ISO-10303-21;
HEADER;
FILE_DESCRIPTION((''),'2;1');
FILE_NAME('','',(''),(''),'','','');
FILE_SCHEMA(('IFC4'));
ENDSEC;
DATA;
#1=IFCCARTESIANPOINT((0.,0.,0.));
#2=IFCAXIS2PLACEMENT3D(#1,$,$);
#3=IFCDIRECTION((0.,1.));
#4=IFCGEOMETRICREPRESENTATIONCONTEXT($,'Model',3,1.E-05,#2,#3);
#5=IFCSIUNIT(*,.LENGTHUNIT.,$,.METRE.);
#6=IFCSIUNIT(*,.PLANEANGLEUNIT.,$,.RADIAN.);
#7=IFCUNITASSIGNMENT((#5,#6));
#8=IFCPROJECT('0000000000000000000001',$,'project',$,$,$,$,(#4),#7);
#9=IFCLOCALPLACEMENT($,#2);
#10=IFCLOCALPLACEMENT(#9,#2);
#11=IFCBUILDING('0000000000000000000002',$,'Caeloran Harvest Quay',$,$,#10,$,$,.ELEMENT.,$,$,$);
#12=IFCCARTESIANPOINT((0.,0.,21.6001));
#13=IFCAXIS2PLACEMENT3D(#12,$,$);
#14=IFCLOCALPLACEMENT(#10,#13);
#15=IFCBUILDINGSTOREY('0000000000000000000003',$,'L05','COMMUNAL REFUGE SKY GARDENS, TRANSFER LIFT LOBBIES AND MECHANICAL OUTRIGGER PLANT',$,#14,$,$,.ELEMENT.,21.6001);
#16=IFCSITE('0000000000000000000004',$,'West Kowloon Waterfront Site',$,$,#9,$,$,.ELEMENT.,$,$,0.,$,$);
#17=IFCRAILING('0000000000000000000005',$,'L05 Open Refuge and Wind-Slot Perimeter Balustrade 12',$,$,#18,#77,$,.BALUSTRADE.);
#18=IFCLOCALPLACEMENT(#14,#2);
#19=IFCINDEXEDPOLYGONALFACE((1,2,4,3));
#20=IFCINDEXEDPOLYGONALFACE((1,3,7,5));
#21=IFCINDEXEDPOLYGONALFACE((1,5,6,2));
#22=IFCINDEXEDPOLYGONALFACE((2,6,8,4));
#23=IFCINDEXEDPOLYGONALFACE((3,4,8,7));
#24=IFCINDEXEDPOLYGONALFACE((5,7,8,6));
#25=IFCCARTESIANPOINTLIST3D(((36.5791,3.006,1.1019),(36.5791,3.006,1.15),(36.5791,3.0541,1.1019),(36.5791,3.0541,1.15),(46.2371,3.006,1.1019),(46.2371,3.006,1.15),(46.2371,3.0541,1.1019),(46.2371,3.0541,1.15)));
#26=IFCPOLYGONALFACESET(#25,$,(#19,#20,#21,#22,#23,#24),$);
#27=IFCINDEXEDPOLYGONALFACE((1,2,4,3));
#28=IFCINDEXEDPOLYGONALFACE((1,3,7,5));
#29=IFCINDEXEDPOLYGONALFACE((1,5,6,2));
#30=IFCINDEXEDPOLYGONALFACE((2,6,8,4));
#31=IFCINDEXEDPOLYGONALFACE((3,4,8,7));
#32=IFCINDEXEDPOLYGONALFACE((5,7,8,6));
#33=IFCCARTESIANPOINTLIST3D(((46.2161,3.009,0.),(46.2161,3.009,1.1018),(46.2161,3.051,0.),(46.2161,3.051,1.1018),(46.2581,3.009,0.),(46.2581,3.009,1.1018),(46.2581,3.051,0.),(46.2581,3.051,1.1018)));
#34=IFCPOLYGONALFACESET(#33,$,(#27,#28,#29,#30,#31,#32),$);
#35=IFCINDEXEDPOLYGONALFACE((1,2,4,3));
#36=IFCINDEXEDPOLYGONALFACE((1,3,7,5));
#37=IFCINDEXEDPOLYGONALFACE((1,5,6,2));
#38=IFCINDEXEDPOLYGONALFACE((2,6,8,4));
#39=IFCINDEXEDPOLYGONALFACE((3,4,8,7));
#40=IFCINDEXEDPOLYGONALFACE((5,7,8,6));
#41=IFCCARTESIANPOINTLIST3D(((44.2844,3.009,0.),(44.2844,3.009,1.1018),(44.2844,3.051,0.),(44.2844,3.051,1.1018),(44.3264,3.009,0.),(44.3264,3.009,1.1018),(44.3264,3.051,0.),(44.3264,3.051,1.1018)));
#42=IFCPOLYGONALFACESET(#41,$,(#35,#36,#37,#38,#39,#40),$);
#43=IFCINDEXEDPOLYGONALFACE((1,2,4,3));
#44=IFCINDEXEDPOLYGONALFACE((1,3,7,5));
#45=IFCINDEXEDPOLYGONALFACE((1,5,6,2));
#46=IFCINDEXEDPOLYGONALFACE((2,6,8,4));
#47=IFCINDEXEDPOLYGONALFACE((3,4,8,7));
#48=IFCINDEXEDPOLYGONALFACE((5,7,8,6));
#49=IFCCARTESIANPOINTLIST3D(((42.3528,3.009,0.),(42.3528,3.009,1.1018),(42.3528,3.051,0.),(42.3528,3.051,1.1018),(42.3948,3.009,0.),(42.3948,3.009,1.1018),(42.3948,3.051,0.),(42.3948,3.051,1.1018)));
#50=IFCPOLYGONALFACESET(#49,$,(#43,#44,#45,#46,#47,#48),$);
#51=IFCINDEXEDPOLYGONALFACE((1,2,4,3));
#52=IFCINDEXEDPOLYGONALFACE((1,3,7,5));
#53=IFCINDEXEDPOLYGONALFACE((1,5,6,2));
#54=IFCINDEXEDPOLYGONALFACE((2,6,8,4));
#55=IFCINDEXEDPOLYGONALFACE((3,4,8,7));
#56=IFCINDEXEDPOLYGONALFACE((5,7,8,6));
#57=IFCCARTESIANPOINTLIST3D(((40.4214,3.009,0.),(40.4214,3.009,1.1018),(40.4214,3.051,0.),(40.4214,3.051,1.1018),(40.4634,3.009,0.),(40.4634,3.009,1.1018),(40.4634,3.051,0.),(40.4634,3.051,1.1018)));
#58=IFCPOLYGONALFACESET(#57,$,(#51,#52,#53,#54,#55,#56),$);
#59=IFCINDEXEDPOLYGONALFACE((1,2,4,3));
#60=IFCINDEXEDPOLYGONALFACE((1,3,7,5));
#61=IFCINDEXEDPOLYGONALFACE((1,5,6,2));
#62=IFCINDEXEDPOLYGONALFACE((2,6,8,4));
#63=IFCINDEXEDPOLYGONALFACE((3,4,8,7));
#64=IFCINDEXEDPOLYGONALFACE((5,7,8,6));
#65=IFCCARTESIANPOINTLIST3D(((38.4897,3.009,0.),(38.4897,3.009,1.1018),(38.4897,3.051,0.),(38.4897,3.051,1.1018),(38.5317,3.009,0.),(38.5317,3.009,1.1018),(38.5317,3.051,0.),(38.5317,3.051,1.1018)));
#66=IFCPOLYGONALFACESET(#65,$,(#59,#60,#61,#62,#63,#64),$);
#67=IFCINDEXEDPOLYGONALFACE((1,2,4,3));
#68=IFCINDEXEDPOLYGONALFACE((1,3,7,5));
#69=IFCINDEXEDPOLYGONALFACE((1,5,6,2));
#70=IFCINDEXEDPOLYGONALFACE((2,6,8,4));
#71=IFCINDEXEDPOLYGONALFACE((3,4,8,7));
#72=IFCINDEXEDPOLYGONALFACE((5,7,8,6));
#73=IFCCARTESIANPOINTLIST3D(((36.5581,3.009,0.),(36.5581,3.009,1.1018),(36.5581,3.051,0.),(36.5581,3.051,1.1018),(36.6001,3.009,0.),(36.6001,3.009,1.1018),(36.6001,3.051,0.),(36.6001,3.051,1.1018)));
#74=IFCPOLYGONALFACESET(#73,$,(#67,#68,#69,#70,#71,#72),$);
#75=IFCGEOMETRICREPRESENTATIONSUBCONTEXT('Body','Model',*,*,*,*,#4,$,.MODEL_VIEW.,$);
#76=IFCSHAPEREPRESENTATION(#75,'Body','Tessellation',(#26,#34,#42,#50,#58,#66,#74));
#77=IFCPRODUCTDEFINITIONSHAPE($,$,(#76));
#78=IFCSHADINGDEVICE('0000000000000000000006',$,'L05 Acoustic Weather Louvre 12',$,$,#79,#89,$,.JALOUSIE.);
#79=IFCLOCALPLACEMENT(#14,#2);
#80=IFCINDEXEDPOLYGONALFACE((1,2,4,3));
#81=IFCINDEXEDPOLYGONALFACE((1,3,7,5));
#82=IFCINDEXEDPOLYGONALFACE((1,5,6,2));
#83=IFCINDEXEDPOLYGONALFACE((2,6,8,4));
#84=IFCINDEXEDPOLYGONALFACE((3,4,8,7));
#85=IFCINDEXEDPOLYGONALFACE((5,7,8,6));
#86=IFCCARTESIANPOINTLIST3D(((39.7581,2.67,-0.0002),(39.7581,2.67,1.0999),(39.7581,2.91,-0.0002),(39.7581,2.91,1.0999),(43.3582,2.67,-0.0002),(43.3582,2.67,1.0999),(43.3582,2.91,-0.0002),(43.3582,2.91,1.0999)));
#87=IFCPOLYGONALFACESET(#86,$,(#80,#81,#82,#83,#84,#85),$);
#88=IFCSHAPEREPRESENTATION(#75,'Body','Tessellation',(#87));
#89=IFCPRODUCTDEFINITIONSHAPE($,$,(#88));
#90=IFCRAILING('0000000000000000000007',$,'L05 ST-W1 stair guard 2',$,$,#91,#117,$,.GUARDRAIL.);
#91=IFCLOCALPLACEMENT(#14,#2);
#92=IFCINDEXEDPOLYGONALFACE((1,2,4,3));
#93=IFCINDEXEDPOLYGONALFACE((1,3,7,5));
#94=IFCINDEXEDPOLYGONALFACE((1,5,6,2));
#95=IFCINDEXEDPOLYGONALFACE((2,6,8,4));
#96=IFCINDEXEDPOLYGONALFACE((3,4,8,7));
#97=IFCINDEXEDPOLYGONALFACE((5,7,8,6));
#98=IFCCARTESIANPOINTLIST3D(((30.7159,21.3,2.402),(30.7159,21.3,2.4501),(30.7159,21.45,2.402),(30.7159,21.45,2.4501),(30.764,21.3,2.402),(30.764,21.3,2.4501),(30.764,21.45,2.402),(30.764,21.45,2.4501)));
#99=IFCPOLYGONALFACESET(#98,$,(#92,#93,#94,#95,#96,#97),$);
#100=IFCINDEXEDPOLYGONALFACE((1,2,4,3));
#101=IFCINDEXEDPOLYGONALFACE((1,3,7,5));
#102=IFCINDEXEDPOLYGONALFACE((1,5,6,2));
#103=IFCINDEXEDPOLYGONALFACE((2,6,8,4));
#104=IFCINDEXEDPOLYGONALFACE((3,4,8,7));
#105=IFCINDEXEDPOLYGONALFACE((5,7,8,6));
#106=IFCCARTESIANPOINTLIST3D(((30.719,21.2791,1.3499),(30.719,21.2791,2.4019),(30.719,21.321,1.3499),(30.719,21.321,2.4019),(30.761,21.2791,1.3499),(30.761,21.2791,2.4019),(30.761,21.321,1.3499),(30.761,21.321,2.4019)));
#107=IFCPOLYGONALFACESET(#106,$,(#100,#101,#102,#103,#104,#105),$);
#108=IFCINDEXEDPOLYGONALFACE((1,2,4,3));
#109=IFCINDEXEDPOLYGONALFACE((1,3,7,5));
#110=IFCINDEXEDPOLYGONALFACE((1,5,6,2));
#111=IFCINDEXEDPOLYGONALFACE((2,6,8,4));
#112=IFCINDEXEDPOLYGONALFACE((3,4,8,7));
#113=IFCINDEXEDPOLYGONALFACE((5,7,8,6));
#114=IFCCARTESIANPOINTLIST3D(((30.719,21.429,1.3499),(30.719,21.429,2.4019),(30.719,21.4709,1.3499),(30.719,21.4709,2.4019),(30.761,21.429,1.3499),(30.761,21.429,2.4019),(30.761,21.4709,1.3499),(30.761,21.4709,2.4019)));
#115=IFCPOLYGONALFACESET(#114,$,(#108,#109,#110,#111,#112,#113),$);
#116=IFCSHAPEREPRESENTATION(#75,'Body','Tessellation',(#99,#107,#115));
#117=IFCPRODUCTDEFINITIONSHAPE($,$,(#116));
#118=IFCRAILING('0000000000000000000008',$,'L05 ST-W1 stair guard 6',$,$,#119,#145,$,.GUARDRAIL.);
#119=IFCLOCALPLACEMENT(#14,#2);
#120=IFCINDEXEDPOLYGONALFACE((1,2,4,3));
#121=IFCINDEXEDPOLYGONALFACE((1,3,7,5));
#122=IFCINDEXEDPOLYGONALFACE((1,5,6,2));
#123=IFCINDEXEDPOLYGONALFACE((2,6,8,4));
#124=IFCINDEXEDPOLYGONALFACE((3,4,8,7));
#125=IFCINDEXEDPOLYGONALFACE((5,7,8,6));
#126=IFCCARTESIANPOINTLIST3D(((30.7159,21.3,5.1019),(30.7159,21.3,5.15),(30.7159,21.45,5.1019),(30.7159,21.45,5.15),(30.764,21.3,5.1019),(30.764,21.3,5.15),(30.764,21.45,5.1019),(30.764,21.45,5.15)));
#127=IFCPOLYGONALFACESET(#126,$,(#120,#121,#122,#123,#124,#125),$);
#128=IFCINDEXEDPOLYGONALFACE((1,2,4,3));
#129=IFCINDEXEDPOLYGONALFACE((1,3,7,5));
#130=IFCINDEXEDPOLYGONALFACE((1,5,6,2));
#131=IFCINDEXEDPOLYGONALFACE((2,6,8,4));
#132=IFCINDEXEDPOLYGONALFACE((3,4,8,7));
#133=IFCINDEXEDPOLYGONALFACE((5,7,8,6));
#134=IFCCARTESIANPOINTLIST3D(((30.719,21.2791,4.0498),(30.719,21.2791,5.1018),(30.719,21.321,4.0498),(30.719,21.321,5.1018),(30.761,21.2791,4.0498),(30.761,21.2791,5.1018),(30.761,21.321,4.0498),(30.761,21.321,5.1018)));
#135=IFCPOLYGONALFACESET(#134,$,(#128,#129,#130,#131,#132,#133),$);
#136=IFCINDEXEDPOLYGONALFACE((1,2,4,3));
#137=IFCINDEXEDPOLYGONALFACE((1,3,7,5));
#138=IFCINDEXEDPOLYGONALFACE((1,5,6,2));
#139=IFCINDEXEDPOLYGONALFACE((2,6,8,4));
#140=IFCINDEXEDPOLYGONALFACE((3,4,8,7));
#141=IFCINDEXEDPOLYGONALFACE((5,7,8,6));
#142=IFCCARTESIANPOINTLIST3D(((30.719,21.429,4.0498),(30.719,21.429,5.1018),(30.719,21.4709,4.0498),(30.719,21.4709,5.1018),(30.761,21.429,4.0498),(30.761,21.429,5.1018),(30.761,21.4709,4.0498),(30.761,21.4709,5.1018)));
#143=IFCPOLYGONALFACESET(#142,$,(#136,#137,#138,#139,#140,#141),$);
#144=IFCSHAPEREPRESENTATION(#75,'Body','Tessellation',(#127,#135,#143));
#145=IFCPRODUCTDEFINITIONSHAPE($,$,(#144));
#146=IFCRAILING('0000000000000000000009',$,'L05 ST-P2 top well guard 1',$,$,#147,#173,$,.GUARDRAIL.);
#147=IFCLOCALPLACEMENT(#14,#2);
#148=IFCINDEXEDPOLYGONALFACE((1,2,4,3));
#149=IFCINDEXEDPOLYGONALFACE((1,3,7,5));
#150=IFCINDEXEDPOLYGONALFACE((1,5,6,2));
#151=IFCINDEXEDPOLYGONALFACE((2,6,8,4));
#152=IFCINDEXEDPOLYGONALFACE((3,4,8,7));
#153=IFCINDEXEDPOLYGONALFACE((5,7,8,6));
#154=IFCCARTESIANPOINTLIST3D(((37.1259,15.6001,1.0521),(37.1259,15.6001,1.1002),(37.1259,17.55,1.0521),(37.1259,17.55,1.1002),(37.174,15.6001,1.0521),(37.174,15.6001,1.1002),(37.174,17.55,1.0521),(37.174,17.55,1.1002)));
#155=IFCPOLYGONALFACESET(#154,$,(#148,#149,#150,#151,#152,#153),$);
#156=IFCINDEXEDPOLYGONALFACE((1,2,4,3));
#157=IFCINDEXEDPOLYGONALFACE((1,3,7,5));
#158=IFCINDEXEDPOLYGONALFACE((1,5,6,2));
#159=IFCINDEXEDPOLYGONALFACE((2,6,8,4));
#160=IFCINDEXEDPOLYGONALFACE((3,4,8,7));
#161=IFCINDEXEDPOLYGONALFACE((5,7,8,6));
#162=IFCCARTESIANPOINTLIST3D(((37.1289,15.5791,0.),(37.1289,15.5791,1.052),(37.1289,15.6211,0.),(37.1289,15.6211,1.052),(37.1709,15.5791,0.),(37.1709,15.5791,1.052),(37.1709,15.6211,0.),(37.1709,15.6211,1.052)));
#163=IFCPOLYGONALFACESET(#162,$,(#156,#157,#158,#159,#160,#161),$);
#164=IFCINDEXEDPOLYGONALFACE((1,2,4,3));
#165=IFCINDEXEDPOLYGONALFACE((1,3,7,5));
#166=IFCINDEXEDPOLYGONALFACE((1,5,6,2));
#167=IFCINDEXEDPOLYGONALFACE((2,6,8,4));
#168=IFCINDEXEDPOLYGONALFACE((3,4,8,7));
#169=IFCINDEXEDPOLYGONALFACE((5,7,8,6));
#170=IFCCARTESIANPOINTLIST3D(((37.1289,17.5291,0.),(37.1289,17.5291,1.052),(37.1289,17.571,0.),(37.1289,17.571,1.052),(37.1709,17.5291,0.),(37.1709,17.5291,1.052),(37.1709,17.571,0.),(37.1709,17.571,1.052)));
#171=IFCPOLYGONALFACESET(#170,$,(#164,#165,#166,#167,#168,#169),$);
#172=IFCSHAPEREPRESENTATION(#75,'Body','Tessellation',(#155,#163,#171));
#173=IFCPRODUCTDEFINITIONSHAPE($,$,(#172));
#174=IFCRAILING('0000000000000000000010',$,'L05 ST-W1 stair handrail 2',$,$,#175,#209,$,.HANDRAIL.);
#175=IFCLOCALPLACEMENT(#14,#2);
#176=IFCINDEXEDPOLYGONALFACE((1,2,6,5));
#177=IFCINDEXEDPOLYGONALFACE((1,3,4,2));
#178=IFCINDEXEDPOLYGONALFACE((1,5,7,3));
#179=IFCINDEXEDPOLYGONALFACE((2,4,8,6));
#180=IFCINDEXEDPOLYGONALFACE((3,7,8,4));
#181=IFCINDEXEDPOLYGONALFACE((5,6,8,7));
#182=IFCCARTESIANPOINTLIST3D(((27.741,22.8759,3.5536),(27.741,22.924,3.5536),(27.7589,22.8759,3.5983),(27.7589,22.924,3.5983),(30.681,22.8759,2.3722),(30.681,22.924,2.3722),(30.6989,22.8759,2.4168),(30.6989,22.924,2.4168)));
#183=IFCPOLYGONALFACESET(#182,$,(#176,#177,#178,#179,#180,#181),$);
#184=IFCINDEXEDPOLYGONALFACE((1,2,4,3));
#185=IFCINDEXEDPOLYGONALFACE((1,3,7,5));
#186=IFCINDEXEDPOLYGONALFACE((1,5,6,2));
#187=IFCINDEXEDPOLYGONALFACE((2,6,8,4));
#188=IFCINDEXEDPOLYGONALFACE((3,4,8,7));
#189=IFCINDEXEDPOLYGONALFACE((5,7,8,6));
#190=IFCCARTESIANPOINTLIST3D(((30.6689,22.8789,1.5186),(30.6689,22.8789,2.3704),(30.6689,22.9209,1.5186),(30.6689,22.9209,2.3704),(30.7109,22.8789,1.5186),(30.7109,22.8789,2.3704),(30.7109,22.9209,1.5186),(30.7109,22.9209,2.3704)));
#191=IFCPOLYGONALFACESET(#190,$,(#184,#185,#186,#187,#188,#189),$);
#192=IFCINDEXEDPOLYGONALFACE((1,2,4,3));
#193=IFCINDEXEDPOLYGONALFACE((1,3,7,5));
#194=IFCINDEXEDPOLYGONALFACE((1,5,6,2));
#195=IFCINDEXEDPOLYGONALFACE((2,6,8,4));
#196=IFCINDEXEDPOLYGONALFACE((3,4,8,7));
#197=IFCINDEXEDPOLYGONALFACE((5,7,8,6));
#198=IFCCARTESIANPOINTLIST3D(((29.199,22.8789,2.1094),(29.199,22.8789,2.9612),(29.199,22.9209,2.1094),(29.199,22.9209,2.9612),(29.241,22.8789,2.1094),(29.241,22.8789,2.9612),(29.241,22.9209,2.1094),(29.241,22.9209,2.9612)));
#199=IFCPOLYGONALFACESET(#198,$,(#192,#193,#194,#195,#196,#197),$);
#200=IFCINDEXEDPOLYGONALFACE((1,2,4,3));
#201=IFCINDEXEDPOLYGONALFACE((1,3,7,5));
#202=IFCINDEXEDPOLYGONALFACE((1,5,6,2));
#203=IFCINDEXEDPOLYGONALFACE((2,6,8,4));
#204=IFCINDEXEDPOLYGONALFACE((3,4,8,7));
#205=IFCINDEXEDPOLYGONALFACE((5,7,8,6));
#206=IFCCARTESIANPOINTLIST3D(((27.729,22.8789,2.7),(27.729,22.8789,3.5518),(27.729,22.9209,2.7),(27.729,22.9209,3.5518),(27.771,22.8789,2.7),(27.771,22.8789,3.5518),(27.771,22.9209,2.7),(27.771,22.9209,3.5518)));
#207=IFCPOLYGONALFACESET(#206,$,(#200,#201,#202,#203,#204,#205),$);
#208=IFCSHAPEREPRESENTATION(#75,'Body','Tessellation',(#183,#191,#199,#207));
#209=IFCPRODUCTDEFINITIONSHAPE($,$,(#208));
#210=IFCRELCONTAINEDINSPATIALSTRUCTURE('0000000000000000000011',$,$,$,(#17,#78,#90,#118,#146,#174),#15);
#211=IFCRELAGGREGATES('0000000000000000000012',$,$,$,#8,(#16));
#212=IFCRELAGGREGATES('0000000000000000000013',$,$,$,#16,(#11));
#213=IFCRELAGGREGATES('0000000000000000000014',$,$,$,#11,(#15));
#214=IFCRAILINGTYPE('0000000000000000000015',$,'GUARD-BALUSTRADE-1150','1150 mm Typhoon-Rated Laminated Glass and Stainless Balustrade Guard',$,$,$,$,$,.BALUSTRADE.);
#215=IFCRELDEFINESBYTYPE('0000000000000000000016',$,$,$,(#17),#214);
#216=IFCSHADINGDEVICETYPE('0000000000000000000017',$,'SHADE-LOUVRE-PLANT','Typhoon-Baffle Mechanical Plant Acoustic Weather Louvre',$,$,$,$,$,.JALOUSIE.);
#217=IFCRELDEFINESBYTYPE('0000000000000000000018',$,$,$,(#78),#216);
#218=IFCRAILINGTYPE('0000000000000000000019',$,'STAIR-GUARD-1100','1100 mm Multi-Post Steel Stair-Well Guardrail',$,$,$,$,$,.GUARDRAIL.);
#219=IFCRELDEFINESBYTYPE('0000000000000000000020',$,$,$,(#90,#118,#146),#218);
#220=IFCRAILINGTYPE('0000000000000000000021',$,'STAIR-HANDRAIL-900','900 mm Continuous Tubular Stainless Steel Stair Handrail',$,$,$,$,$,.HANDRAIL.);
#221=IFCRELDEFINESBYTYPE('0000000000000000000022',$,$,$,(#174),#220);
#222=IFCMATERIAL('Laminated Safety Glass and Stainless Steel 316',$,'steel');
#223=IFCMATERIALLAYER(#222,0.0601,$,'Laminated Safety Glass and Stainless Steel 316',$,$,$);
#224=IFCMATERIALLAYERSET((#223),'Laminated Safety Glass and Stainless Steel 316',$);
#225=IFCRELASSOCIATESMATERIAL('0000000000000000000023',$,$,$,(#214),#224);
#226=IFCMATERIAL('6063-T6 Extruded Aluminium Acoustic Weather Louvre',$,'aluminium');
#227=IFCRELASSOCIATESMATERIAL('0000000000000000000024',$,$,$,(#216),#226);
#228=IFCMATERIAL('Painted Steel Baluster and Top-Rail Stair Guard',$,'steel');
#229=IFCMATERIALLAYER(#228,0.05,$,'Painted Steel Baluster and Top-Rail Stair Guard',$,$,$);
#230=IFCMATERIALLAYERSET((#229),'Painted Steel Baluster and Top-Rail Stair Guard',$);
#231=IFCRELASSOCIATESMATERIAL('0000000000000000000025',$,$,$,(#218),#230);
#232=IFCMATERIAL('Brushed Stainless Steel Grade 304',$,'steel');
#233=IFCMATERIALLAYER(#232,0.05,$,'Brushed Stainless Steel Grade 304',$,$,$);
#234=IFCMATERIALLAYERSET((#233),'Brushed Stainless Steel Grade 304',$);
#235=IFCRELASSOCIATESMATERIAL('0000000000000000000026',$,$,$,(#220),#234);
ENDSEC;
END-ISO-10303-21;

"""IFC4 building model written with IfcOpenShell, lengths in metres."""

from ifc_helpers import new_model, si_unit, direction, frame, origin, origin_2d, place, context, subcontext, project, spatial, rectangle, extrude, material, layer, layer_set, type_object, element, save


model = new_model("IFC4")

# Units and contexts
model_context = context("Model", 3, precision=1e-05, world=origin(), true_north=direction((0.0, 1.0)))
body_context = subcontext(model_context, "Body", "Model", "MODEL_VIEW")
ifc_project = project(units=[si_unit("LENGTHUNIT", "METRE"), si_unit("PLANEANGLEUNIT", "RADIAN")], contexts=[model_context])

# Site, building, storey
site_placement = place(None, origin())
site = spatial("IfcSite", under=ifc_project, at=site_placement, Name="West Kowloon Waterfront Site", CompositionType="ELEMENT", RefElevation=0.0)
building_placement = place(site_placement, origin())
building = spatial("IfcBuilding", under=site, at=building_placement, Name="Caeloran Harvest Quay", CompositionType="ELEMENT")
storey_placement = place(building_placement, frame((0.0, 0.0, 21.6001)))
storey = spatial("IfcBuildingStorey", under=building, at=storey_placement, Name="L05", Description="COMMUNAL REFUGE SKY GARDENS, TRANSFER LIFT LOBBIES AND MECHANICAL OUTRIGGER PLANT", CompositionType="ELEMENT", Elevation=21.6001)

# Railing
ifc_material_1 = material(Name="Laminated Safety Glass and Stainless Steel 316", Category="steel")
ifc_layer_1 = layer(ifc_material_1, 0.0601, Name="Laminated Safety Glass and Stainless Steel 316")
ifc_layer_set_1 = layer_set([ifc_layer_1], Name="Laminated Safety Glass and Stainless Steel 316")
railing_type_1 = type_object("IfcRailingType", Name="GUARD-BALUSTRADE-1150", Description="1150 mm Typhoon-Rated Laminated Glass and Stainless Balustrade Guard", PredefinedType="BALUSTRADE", material=ifc_layer_set_1)
railing_1_placement = place(storey_placement, frame((46.2371, 3.03, 0.0)))
element("IfcRailing", 1, at=railing_1_placement, inside=storey, type_object=railing_type_1, Name="L05 Open Refuge and Wind-Slot Perimeter Balustrade 12", PredefinedType="BALUSTRADE", context=body_context, shape_type="SweptSolid", body=[
    extrude(rectangle(XDim=0.0481, YDim=0.0481, at=origin_2d()), frame((0.0, 0.0, 1.126), z_axis=(-1.0, 0.0, 0.0), x_axis=(0.0, -1.0, 0.0)), (0.0, 0.0, 1.0), 9.658),
    extrude(rectangle(XDim=0.042, YDim=0.042, at=origin_2d()), origin(), (0.0, 0.0, 1.0), 1.1018),
    extrude(rectangle(XDim=0.042, YDim=0.042, at=origin_2d()), frame((-1.9316, 0.0, 0.0)), (0.0, 0.0, 1.0), 1.1018),
    extrude(rectangle(XDim=0.042, YDim=0.042, at=origin_2d()), frame((-3.8633, 0.0, 0.0)), (0.0, 0.0, 1.0), 1.1018),
    extrude(rectangle(XDim=0.042, YDim=0.042, at=origin_2d()), frame((-5.7947, 0.0, 0.0)), (0.0, 0.0, 1.0), 1.1018),
    extrude(rectangle(XDim=0.042, YDim=0.042, at=origin_2d()), frame((-7.7263, 0.0, 0.0)), (0.0, 0.0, 1.0), 1.1018),
    extrude(rectangle(XDim=0.042, YDim=0.042, at=origin_2d()), frame((-9.658, 0.0, 0.0)), (0.0, 0.0, 1.0), 1.1018),
])

# Shading device
ifc_material_2 = material(Name="6063-T6 Extruded Aluminium Acoustic Weather Louvre", Category="aluminium")
shading_device_type = type_object("IfcShadingDeviceType", Name="SHADE-LOUVRE-PLANT", Description="Typhoon-Baffle Mechanical Plant Acoustic Weather Louvre", PredefinedType="JALOUSIE", material=ifc_material_2)
shading_device_placement = place(storey_placement, frame((41.5581, 2.79, -0.0002), z_axis=(0.0, 0.0, 1.0), x_axis=(-1.0, 0.0, 0.0)))
element("IfcShadingDevice", 2, at=shading_device_placement, inside=storey, type_object=shading_device_type, Name="L05 Acoustic Weather Louvre 12", PredefinedType="JALOUSIE", context=body_context, shape_type="SweptSolid", body=[
    extrude(rectangle(XDim=3.6001, YDim=0.24, at=origin_2d()), origin(), (0.0, 0.0, 1.0), 1.1001),
])

# Railings
ifc_material_3 = material(Name="Painted Steel Baluster and Top-Rail Stair Guard", Category="steel")
ifc_layer_2 = layer(ifc_material_3, 0.05, Name="Painted Steel Baluster and Top-Rail Stair Guard")
ifc_layer_set_2 = layer_set([ifc_layer_2], Name="Painted Steel Baluster and Top-Rail Stair Guard")
railing_type_2 = type_object("IfcRailingType", Name="STAIR-GUARD-1100", Description="1100 mm Multi-Post Steel Stair-Well Guardrail", PredefinedType="GUARDRAIL", material=ifc_layer_set_2)
for number, where, name in (
    (3, (30.74, 21.3, 1.3499), "L05 ST-W1 stair guard 2"),
    (4, (30.74, 21.3, 4.0498), "L05 ST-W1 stair guard 6"),
):
    element("IfcRailing", number, at=place(storey_placement, frame(where)), inside=storey, type_object=railing_type_2, Name=name, PredefinedType="GUARDRAIL", context=body_context, shape_type="SweptSolid", body=[
        extrude(rectangle(XDim=0.0481, YDim=0.0481, at=origin_2d()), frame((0.0, 0.0, 1.0762), z_axis=(0.0, 1.0, 0.0), x_axis=(-1.0, 0.0, 0.0)), (0.0, 0.0, 1.0), 0.1499),
        extrude(rectangle(XDim=0.042, YDim=0.042, at=origin_2d()), origin(), (0.0, 0.0, 1.0), 1.052),
        extrude(rectangle(XDim=0.042, YDim=0.042, at=origin_2d()), frame((0.0, 0.1499, 0.0)), (0.0, 0.0, 1.0), 1.052),
    ])
railing_2_placement = place(storey_placement, frame((37.1499, 15.6001, 0.0)))
element("IfcRailing", 5, at=railing_2_placement, inside=storey, type_object=railing_type_2, Name="L05 ST-P2 top well guard 1", PredefinedType="GUARDRAIL", context=body_context, shape_type="SweptSolid", body=[
    extrude(rectangle(XDim=0.0481, YDim=0.0481, at=origin_2d()), frame((0.0, 0.0, 1.0762), z_axis=(0.0, 1.0, 0.0), x_axis=(-1.0, 0.0, 0.0)), (0.0, 0.0, 1.0), 1.95),
    extrude(rectangle(XDim=0.042, YDim=0.042, at=origin_2d()), origin(), (0.0, 0.0, 1.0), 1.052),
    extrude(rectangle(XDim=0.042, YDim=0.042, at=origin_2d()), frame((0.0, 1.95, 0.0)), (0.0, 0.0, 1.0), 1.052),
])
ifc_material_4 = material(Name="Brushed Stainless Steel Grade 304", Category="steel")
ifc_layer_3 = layer(ifc_material_4, 0.05, Name="Brushed Stainless Steel Grade 304")
ifc_layer_set_3 = layer_set([ifc_layer_3], Name="Brushed Stainless Steel Grade 304")
railing_type_3 = type_object("IfcRailingType", Name="STAIR-HANDRAIL-900", Description="900 mm Continuous Tubular Stainless Steel Stair Handrail", PredefinedType="HANDRAIL", material=ifc_layer_set_3)
railing_3_placement = place(storey_placement, frame((30.6899, 22.8999, 1.5186)))
element("IfcRailing", 6, at=railing_3_placement, inside=storey, type_object=railing_type_3, Name="L05 ST-W1 stair handrail 2", PredefinedType="HANDRAIL", context=body_context, shape_type="SweptSolid", body=[
    extrude(rectangle(XDim=0.0481, YDim=0.0481, at=origin_2d()), frame((0.0, 0.0, 0.876), z_axis=(-0.927886, 0.0, 0.372865), x_axis=(0.0, -1.0, 0.0)), (0.0, 0.0, 1.0), 3.1685),
    extrude(rectangle(XDim=0.042, YDim=0.042, at=origin_2d()), origin(), (0.0, 0.0, 1.0), 0.8518),
    extrude(rectangle(XDim=0.042, YDim=0.042, at=origin_2d()), frame((-1.47, 0.0, 0.5908)), (0.0, 0.0, 1.0), 0.8518),
    extrude(rectangle(XDim=0.042, YDim=0.042, at=origin_2d()), frame((-2.9399, 0.0, 1.1814)), (0.0, 0.0, 1.0), 0.8518),
])

save(model, "model.ifc")
